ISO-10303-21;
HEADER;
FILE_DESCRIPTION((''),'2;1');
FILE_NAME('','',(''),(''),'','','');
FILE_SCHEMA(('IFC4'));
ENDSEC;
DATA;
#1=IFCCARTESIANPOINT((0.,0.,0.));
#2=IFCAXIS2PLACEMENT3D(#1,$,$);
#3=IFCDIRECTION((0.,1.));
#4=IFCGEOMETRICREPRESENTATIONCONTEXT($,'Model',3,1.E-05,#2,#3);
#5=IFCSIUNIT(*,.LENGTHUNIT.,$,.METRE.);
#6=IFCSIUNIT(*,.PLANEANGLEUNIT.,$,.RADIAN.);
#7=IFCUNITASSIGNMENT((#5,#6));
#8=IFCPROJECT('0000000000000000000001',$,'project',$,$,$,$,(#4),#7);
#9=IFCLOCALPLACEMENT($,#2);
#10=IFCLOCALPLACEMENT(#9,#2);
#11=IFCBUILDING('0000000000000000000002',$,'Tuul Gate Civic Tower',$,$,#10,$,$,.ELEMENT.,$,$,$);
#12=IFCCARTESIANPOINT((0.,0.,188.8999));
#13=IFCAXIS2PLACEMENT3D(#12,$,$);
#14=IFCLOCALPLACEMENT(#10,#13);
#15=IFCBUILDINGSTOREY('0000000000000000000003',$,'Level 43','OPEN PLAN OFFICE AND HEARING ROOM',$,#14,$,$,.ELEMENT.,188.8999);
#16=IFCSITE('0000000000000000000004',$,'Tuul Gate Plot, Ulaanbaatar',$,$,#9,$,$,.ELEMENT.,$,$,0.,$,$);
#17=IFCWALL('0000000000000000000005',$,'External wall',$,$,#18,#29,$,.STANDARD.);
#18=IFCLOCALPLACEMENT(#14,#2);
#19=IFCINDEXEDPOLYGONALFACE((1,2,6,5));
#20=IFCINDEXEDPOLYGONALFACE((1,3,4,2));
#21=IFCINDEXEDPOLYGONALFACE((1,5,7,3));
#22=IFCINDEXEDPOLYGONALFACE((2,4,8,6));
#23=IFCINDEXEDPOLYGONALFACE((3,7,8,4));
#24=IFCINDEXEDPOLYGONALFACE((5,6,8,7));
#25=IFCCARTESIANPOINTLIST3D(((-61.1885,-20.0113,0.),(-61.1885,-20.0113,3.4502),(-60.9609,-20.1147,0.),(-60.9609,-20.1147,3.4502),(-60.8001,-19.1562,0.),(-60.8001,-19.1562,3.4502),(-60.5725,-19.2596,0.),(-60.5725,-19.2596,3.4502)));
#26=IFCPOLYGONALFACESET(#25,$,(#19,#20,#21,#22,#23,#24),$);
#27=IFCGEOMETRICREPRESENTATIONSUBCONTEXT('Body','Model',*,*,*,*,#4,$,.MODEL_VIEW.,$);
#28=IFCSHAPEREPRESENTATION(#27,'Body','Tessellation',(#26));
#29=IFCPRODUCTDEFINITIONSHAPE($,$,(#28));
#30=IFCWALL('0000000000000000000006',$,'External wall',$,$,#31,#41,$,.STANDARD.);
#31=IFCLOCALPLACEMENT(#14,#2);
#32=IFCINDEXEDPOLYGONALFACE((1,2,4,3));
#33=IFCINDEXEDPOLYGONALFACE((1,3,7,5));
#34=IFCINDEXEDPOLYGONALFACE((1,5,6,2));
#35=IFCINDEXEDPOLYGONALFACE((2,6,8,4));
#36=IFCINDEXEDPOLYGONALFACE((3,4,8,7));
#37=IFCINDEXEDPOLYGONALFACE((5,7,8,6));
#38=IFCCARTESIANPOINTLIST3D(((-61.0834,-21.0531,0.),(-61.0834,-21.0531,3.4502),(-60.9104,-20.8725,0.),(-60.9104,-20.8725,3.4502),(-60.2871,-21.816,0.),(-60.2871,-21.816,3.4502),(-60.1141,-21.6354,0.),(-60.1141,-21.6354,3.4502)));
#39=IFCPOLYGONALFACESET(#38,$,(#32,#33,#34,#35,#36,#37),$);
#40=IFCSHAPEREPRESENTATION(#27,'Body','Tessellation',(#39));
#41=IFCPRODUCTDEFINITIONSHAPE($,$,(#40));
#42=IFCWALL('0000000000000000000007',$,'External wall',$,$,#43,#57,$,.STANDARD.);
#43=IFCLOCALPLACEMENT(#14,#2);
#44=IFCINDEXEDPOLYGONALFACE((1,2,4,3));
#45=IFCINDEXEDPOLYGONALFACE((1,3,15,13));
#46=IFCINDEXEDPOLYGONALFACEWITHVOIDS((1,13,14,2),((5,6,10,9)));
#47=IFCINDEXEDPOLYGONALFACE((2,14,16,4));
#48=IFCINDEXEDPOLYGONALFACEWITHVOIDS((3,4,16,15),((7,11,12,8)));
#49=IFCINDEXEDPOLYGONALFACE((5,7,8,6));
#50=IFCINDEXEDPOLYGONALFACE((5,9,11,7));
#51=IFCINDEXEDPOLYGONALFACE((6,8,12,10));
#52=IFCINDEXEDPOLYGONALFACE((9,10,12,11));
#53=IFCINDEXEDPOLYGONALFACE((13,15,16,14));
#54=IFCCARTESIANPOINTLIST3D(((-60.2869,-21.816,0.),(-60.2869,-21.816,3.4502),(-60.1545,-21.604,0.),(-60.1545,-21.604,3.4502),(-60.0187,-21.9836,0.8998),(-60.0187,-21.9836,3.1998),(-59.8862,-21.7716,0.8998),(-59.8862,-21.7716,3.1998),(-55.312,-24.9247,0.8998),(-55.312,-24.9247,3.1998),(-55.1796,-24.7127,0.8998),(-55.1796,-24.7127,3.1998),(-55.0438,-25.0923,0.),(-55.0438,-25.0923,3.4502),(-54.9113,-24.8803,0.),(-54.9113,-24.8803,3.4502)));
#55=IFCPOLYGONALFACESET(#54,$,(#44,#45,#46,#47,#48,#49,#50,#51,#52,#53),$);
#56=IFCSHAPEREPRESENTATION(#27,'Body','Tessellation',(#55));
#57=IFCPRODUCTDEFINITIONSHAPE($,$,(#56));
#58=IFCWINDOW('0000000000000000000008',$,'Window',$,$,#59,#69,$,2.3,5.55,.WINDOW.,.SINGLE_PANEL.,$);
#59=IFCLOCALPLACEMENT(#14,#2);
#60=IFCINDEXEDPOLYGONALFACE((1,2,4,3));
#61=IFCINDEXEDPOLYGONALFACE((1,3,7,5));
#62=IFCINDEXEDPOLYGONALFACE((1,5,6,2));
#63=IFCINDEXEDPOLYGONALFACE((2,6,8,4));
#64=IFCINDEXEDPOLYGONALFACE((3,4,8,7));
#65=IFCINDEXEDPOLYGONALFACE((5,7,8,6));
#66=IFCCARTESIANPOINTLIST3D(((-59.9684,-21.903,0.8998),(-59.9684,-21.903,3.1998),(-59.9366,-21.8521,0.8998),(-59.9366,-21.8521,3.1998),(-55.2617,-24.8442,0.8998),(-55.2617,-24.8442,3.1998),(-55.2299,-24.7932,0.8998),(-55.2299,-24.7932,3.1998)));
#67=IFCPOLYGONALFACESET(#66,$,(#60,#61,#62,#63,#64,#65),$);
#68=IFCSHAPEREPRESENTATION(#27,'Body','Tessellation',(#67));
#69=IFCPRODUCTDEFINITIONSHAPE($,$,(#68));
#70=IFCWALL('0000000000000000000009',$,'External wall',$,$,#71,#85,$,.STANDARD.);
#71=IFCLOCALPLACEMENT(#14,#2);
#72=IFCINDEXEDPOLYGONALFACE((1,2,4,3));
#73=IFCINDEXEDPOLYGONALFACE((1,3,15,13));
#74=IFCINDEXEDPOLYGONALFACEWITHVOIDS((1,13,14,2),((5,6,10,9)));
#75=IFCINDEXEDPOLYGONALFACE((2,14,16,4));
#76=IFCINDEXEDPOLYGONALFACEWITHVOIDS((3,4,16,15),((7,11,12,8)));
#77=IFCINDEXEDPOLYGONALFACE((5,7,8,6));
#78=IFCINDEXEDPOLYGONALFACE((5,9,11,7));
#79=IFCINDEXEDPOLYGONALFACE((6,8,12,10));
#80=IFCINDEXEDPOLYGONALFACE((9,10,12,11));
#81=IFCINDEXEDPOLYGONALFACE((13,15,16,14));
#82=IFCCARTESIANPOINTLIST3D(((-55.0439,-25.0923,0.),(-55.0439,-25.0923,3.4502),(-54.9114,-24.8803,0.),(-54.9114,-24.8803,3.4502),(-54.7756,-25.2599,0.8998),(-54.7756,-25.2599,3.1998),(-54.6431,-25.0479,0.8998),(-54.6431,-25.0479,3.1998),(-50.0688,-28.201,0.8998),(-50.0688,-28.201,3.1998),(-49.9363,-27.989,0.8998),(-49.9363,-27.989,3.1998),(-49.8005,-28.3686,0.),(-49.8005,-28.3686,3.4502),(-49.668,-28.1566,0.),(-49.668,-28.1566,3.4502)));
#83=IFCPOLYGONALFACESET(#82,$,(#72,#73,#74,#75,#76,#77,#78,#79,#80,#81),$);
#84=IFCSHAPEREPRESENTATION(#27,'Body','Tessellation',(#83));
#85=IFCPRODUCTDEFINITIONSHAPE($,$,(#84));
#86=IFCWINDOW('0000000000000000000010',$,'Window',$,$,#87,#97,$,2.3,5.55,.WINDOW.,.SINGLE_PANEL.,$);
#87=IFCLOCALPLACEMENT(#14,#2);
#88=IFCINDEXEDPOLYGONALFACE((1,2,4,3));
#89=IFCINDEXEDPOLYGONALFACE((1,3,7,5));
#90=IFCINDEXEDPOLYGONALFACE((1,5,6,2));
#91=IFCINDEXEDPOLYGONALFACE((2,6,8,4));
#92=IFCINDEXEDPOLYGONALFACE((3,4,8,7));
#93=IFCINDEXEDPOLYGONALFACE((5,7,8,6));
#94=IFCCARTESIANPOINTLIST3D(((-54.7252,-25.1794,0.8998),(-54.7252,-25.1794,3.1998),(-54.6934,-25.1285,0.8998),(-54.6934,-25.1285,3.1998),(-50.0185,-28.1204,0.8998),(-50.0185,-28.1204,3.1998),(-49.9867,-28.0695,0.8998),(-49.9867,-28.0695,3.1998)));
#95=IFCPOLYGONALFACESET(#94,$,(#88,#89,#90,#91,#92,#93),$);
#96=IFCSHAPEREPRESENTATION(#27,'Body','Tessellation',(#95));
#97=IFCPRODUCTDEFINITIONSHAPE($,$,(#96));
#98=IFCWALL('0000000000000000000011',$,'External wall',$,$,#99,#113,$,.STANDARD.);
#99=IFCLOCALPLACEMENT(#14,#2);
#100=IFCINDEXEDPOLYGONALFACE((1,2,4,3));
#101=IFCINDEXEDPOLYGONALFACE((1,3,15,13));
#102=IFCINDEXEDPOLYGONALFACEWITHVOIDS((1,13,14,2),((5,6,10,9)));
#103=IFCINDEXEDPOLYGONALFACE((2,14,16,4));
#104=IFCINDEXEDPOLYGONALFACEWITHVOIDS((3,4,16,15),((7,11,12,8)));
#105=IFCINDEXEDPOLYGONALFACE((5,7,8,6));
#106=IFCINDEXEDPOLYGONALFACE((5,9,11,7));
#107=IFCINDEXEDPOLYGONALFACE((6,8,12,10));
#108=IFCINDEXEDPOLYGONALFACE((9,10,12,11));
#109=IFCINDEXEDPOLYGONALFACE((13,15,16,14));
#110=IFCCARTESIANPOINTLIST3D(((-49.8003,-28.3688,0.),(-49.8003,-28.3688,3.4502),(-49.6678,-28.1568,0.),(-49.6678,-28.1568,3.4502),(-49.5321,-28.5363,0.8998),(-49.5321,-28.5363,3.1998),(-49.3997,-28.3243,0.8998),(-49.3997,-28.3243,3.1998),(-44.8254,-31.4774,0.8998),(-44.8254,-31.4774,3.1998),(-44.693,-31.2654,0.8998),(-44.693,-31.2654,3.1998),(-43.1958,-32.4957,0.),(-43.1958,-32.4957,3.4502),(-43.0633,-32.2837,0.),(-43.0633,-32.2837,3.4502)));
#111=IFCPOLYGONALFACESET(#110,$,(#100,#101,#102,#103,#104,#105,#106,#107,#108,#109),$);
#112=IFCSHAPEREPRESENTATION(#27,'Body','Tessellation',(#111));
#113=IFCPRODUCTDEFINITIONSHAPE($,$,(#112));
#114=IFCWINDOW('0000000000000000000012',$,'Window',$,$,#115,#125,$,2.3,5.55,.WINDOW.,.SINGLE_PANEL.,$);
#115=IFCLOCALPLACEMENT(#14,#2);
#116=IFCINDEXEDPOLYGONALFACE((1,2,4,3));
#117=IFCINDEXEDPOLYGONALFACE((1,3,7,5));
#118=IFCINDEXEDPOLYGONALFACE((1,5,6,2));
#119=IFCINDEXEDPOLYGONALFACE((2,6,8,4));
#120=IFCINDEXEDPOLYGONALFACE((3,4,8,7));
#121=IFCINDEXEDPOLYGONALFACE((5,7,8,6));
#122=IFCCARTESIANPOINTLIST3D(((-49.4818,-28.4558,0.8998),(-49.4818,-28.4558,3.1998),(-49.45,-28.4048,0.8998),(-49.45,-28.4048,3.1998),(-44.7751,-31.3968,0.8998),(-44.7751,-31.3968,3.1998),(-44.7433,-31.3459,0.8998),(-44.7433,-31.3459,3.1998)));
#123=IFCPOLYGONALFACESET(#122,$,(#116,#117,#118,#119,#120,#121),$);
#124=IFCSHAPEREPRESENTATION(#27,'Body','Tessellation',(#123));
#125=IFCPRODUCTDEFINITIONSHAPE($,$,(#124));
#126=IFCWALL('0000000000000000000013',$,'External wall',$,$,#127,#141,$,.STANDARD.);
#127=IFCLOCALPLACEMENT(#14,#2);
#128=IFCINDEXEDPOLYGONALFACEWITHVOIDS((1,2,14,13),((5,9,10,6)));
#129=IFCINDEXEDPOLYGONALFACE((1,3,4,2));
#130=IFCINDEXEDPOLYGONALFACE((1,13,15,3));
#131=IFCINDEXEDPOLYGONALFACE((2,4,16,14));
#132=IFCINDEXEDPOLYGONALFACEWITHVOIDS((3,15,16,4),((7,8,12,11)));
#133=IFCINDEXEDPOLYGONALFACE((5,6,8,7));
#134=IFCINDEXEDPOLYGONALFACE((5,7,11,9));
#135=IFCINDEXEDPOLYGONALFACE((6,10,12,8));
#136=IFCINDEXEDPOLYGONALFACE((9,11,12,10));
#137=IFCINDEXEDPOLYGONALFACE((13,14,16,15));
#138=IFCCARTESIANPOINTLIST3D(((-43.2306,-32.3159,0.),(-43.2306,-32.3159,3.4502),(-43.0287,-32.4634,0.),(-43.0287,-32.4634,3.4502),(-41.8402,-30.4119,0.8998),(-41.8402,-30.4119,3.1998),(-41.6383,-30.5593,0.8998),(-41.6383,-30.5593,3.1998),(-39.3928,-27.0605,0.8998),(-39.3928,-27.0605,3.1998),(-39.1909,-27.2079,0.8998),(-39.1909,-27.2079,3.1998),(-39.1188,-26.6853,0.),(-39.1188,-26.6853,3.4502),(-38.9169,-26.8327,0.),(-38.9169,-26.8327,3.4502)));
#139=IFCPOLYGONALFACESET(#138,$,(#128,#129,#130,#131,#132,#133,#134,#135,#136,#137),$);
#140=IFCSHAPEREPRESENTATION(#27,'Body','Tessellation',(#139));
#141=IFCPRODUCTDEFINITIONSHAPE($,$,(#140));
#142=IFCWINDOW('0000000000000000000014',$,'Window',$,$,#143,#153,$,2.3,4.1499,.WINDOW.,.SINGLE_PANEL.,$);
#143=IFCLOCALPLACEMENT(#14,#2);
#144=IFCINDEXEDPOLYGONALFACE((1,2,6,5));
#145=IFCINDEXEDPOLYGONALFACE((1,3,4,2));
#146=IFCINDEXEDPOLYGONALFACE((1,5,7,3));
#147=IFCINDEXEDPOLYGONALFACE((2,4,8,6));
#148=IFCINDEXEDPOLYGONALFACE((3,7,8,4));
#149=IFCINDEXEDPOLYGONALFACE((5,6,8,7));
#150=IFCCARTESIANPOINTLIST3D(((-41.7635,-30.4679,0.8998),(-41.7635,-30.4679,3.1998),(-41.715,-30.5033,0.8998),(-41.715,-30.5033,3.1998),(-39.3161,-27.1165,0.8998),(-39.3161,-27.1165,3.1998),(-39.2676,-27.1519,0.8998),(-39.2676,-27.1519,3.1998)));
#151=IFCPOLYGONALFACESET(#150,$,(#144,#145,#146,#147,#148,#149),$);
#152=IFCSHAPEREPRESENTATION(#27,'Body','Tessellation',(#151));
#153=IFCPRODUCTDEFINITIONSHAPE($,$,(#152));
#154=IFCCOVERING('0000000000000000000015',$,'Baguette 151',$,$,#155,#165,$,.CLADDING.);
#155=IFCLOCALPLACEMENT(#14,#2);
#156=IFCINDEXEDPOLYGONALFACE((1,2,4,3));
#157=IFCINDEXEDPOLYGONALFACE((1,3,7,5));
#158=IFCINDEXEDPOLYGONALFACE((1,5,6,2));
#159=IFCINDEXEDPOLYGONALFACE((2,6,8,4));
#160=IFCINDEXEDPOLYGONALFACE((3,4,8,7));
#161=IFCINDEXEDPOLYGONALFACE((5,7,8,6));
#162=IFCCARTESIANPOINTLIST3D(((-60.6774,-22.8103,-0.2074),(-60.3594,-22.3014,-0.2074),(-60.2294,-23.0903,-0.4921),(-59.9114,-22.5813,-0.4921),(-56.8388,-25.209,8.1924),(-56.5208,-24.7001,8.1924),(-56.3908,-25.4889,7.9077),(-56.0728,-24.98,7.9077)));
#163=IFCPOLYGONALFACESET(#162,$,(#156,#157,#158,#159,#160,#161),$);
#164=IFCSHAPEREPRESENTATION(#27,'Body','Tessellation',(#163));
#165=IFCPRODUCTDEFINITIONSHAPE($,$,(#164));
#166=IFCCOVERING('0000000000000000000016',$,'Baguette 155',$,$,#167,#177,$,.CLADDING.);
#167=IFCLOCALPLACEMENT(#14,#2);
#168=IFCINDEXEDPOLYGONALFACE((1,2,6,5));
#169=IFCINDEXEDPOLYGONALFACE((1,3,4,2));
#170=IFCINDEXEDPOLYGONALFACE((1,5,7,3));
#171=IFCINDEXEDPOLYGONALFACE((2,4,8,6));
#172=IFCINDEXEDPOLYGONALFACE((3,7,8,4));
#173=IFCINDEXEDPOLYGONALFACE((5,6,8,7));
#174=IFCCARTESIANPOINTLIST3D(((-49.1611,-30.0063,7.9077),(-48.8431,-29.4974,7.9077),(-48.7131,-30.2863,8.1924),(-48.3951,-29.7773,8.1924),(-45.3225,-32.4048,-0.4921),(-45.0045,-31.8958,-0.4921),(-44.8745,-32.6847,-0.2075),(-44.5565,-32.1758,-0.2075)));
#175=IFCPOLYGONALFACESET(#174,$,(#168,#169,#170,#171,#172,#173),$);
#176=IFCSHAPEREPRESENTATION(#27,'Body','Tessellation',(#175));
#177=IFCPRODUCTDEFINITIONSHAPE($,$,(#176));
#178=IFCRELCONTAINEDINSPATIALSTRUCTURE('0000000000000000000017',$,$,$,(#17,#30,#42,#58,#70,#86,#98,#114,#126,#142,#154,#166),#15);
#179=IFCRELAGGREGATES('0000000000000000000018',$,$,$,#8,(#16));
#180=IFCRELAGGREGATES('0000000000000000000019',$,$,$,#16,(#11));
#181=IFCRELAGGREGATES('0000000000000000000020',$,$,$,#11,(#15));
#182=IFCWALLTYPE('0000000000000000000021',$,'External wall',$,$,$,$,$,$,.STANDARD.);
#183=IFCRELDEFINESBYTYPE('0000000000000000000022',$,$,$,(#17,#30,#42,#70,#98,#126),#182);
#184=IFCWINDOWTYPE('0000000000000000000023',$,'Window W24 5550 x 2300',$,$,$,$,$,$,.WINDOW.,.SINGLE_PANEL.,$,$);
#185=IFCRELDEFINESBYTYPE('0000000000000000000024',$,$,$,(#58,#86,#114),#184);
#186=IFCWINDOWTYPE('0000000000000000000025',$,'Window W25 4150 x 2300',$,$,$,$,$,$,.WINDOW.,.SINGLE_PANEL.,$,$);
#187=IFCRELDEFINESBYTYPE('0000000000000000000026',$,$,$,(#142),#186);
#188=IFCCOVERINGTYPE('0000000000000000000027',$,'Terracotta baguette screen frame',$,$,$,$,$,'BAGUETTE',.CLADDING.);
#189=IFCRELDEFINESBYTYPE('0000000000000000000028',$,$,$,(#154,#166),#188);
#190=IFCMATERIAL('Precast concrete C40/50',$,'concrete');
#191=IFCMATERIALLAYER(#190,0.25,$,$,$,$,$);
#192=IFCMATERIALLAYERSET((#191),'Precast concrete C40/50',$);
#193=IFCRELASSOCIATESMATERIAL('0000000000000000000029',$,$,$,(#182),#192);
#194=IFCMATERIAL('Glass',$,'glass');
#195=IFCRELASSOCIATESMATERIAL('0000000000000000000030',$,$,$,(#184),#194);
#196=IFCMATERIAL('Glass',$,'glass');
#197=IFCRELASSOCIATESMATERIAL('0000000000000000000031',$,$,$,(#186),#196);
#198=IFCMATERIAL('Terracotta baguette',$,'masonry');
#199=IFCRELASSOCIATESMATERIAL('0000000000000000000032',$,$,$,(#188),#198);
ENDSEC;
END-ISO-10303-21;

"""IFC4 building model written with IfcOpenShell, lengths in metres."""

from ifc_helpers import new_model, si_unit, direction, frame, frame_2d, origin, origin_2d, place, context, subcontext, project, spatial, rectangle, extrude, material, layer, layer_set, material_profile, profile_set, type_object, element, fill, save


model = new_model("IFC4")

# Units and contexts
model_context = context("Model", 3, precision=1e-05, world=origin(), true_north=direction((0.0, 1.0)))
body_context = subcontext(model_context, "Body", "Model", "MODEL_VIEW")
ifc_project = project(units=[si_unit("LENGTHUNIT", "METRE"), si_unit("PLANEANGLEUNIT", "RADIAN")], contexts=[model_context])

# Site, building, storey
site_placement = place(None, origin())
site = spatial("IfcSite", under=ifc_project, at=site_placement, Name="Tuul Gate Plot, Ulaanbaatar", CompositionType="ELEMENT", RefElevation=0.0)
building_placement = place(site_placement, origin())
building = spatial("IfcBuilding", under=site, at=building_placement, Name="Tuul Gate Civic Tower", CompositionType="ELEMENT")
storey_placement = place(building_placement, frame((0.0, 0.0, 188.8999)))
storey = spatial("IfcBuildingStorey", under=building, at=storey_placement, Name="Level 43", Description="OPEN PLAN OFFICE AND HEARING ROOM", CompositionType="ELEMENT", Elevation=188.8999)

# Walls
ifc_material_1 = material(Name="Precast concrete C40/50", Category="concrete")
ifc_layer_1 = layer(ifc_material_1, 0.25)
ifc_layer_set_1 = layer_set([ifc_layer_1], Name="Precast concrete C40/50")
wall_type_1 = type_object("IfcWallType", Name="External wall", PredefinedType="STANDARD", material=ifc_layer_set_1)
wall_1_placement = place(storey_placement, frame((-60.6863, -19.2078, 0.0), z_axis=(0.0, 0.0, 1.0), x_axis=(-0.413529, -0.910491, 0.0)))
element("IfcWall", 1, at=wall_1_placement, inside=storey, type_object=wall_type_1, Name="External wall", PredefinedType="STANDARD", context=body_context, shape_type="SweptSolid", body=[
    extrude(rectangle(XDim=0.9392, YDim=0.25, at=frame_2d((0.4697, 0.0))), origin(), (0.0, 0.0, 1.0), 3.4502),
])
wall_2_placement = place(storey_placement, frame((-60.9968, -20.9629, 0.0), z_axis=(0.0, 0.0, 1.0), x_axis=(0.722108, -0.69178, 0.0)))
element("IfcWall", 2, at=wall_2_placement, inside=storey, type_object=wall_type_1, Name="External wall", PredefinedType="STANDARD", context=body_context, shape_type="SweptSolid", body=[
    extrude(rectangle(XDim=1.1028, YDim=0.25, at=frame_2d((0.5513, 0.0))), origin(), (0.0, 0.0, 1.0), 3.4502),
])

# Walls, openings, windows
wall_3_placement = place(storey_placement, frame((-60.2207, -21.71, 0.0), z_axis=(0.0, 0.0, 1.0), x_axis=(0.848043, -0.529928, 0.0)))
wall_3 = element("IfcWall", 3, at=wall_3_placement, inside=storey, type_object=wall_type_1, Name="External wall", PredefinedType="STANDARD", context=body_context, shape_type="SweptSolid", body=[
    extrude(rectangle(XDim=6.1826, YDim=0.25, at=frame_2d((3.0913, 0.0))), origin(), (0.0, 0.0, 1.0), 3.4502),
])
opening_1_placement = place(wall_3_placement, frame((0.3164, 0.0, 0.8999)))
opening_1 = element("IfcOpeningElement", 4, at=opening_1_placement, cuts=wall_3, PredefinedType="OPENING", context=body_context, shape_type="SweptSolid", body=[
    extrude(rectangle(XDim=5.55, YDim=2.3, at=frame_2d((2.7749, 1.1499))), frame((0.0, 0.135, 0.0), z_axis=(0.0, -1.0, 0.0), x_axis=(1.0, 0.0, 0.0)), (0.0, 0.0, 1.0), 0.27),
])
ifc_material_2 = material(Name="Glass", Category="glass")
window_type_1 = type_object("IfcWindowType", Name="Window W24 5550 x 2300", PartitioningType="SINGLE_PANEL", PredefinedType="WINDOW", material=ifc_material_2)
window_1_placement = place(opening_1_placement, origin())
window_1 = element("IfcWindow", 5, at=window_1_placement, inside=storey, type_object=window_type_1, Name="Window", OverallHeight=2.3, OverallWidth=5.55, PartitioningType="SINGLE_PANEL", PredefinedType="WINDOW", context=body_context, shape_type="SweptSolid", body=[
    extrude(rectangle(XDim=5.55, YDim=2.3, at=frame_2d((2.7749, 1.1499))), frame((0.0, 0.03, 0.0), z_axis=(0.0, -1.0, 0.0), x_axis=(1.0, 0.0, 0.0)), (0.0, 0.0, 1.0), 0.0601),
])
fill(opening_1, window_1)
wall_4_placement = place(storey_placement, frame((-54.9775, -24.9863, 0.0), z_axis=(0.0, 0.0, 1.0), x_axis=(0.848054, -0.52991, 0.0)))
wall_4 = element("IfcWall", 6, at=wall_4_placement, inside=storey, type_object=wall_type_1, Name="External wall", PredefinedType="STANDARD", context=body_context, shape_type="SweptSolid", body=[
    extrude(rectangle(XDim=6.1829, YDim=0.25, at=frame_2d((3.0913, 0.0))), origin(), (0.0, 0.0, 1.0), 3.4502),
])
opening_2_placement = place(wall_4_placement, frame((0.3164, 0.0, 0.8999)))
opening_2 = element("IfcOpeningElement", 7, at=opening_2_placement, cuts=wall_4, PredefinedType="OPENING", context=body_context, shape_type="SweptSolid", body=[
    extrude(rectangle(XDim=5.55, YDim=2.3, at=frame_2d((2.7749, 1.1499))), frame((0.0, 0.135, 0.0), z_axis=(0.0, -1.0, 0.0), x_axis=(1.0, 0.0, 0.0)), (0.0, 0.0, 1.0), 0.27),
])
window_2_placement = place(opening_2_placement, origin())
window_2 = element("IfcWindow", 8, at=window_2_placement, inside=storey, type_object=window_type_1, Name="Window", OverallHeight=2.3, OverallWidth=5.55, PartitioningType="SINGLE_PANEL", PredefinedType="WINDOW", context=body_context, shape_type="SweptSolid", body=[
    extrude(rectangle(XDim=5.55, YDim=2.3, at=frame_2d((2.7749, 1.1499))), frame((0.0, 0.03, 0.0), z_axis=(0.0, -1.0, 0.0), x_axis=(1.0, 0.0, 0.0)), (0.0, 0.0, 1.0), 0.0601),
])
fill(opening_2, window_2)
wall_5_placement = place(storey_placement, frame((-49.7341, -28.2627, 0.0), z_axis=(0.0, 0.0, 1.0), x_axis=(0.848048, -0.52992, 0.0)))
wall_5 = element("IfcWall", 9, at=wall_5_placement, inside=storey, type_object=wall_type_1, Name="External wall", PredefinedType="STANDARD", context=body_context, shape_type="SweptSolid", body=[
    extrude(rectangle(XDim=7.7878, YDim=0.25, at=frame_2d((3.894, 0.0))), origin(), (0.0, 0.0, 1.0), 3.4502),
])
opening_3_placement = place(wall_5_placement, frame((0.3164, 0.0, 0.8999)))
opening_3 = element("IfcOpeningElement", 10, at=opening_3_placement, cuts=wall_5, PredefinedType="OPENING", context=body_context, shape_type="SweptSolid", body=[
    extrude(rectangle(XDim=5.55, YDim=2.3, at=frame_2d((2.7749, 1.1499))), frame((0.0, 0.135, 0.0), z_axis=(0.0, -1.0, 0.0), x_axis=(1.0, 0.0, 0.0)), (0.0, 0.0, 1.0), 0.27),
])
window_3_placement = place(opening_3_placement, origin())
window_3 = element("IfcWindow", 11, at=window_3_placement, inside=storey, type_object=window_type_1, Name="Window", OverallHeight=2.3, OverallWidth=5.55, PartitioningType="SINGLE_PANEL", PredefinedType="WINDOW", context=body_context, shape_type="SweptSolid", body=[
    extrude(rectangle(XDim=5.55, YDim=2.3, at=frame_2d((2.7749, 1.1499))), frame((0.0, 0.03, 0.0), z_axis=(0.0, -1.0, 0.0), x_axis=(1.0, 0.0, 0.0)), (0.0, 0.0, 1.0), 0.0601),
])
fill(opening_3, window_3)
wall_6_placement = place(storey_placement, frame((-43.1296, -32.3896, 0.0), z_axis=(0.0, 0.0, 1.0), x_axis=(0.589749, 0.807587, 0.0)))
wall_6 = element("IfcWall", 12, at=wall_6_placement, inside=storey, type_object=wall_type_1, Name="External wall", PredefinedType="STANDARD", context=body_context, shape_type="SweptSolid", body=[
    extrude(rectangle(XDim=6.9722, YDim=0.25, at=frame_2d((3.4861, 0.0))), origin(), (0.0, 0.0, 1.0), 3.4502),
])
opening_4_placement = place(wall_6_placement, frame((2.3577, 0.0, 0.8999)))
opening_4 = element("IfcOpeningElement", 13, at=opening_4_placement, cuts=wall_6, PredefinedType="OPENING", context=body_context, shape_type="SweptSolid", body=[
    extrude(rectangle(XDim=4.1499, YDim=2.3, at=frame_2d((2.075, 1.1499))), frame((0.0, 0.135, 0.0), z_axis=(0.0, -1.0, 0.0), x_axis=(1.0, 0.0, 0.0)), (0.0, 0.0, 1.0), 0.27),
])
ifc_material_3 = material(Name="Glass", Category="glass")
window_type_2 = type_object("IfcWindowType", Name="Window W25 4150 x 2300", PartitioningType="SINGLE_PANEL", PredefinedType="WINDOW", material=ifc_material_3)
window_4_placement = place(opening_4_placement, origin())
window_4 = element("IfcWindow", 14, at=window_4_placement, inside=storey, type_object=window_type_2, Name="Window", OverallHeight=2.3, OverallWidth=4.1499, PartitioningType="SINGLE_PANEL", PredefinedType="WINDOW", context=body_context, shape_type="SweptSolid", body=[
    extrude(rectangle(XDim=4.1499, YDim=2.3, at=frame_2d((2.075, 1.1499))), frame((0.0, 0.03, 0.0), z_axis=(0.0, -1.0, 0.0), x_axis=(1.0, 0.0, 0.0)), (0.0, 0.0, 1.0), 0.0601),
])
fill(opening_4, window_4)

# Coverings
ifc_material_4 = material(Name="Terracotta baguette", Category="masonry")
ifc_material_profile_1 = material_profile(ifc_material_4, rectangle(XDim=0.6001, YDim=0.6001, at=origin_2d()), Name="Terracotta baguette screen frame")
ifc_profile_set_1 = profile_set([ifc_material_profile_1], Name="Terracotta baguette")
covering_type = type_object("IfcCoveringType", Name="Terracotta baguette screen frame", ElementType="BAGUETTE", PredefinedType="CLADDING", material=ifc_profile_set_1)
for number, where, z_axis, x_axis, name in (
    (15, (-56.4558, -25.0945, 8.05), (-0.402293, 0.251385, -0.880321), (-0.529926, -0.848044, 0.0), "Baguette 151"),
    (16, (-48.7781, -29.8918, 8.05), (0.402296, -0.251361, -0.880327), (0.529887, 0.848068, 0.0), "Baguette 155"),
):
    element("IfcCovering", number, at=place(storey_placement, frame(where, z_axis=z_axis, x_axis=x_axis)), inside=storey, type_object=covering_type, Name=name, PredefinedType="CLADDING", context=body_context, shape_type="SweptSolid", body=[
        extrude(rectangle(XDim=0.6001, YDim=0.6001, at=origin_2d()), origin(), (0.0, 0.0, 1.0), 9.5417),
    ])

save(model, "model.ifc")
